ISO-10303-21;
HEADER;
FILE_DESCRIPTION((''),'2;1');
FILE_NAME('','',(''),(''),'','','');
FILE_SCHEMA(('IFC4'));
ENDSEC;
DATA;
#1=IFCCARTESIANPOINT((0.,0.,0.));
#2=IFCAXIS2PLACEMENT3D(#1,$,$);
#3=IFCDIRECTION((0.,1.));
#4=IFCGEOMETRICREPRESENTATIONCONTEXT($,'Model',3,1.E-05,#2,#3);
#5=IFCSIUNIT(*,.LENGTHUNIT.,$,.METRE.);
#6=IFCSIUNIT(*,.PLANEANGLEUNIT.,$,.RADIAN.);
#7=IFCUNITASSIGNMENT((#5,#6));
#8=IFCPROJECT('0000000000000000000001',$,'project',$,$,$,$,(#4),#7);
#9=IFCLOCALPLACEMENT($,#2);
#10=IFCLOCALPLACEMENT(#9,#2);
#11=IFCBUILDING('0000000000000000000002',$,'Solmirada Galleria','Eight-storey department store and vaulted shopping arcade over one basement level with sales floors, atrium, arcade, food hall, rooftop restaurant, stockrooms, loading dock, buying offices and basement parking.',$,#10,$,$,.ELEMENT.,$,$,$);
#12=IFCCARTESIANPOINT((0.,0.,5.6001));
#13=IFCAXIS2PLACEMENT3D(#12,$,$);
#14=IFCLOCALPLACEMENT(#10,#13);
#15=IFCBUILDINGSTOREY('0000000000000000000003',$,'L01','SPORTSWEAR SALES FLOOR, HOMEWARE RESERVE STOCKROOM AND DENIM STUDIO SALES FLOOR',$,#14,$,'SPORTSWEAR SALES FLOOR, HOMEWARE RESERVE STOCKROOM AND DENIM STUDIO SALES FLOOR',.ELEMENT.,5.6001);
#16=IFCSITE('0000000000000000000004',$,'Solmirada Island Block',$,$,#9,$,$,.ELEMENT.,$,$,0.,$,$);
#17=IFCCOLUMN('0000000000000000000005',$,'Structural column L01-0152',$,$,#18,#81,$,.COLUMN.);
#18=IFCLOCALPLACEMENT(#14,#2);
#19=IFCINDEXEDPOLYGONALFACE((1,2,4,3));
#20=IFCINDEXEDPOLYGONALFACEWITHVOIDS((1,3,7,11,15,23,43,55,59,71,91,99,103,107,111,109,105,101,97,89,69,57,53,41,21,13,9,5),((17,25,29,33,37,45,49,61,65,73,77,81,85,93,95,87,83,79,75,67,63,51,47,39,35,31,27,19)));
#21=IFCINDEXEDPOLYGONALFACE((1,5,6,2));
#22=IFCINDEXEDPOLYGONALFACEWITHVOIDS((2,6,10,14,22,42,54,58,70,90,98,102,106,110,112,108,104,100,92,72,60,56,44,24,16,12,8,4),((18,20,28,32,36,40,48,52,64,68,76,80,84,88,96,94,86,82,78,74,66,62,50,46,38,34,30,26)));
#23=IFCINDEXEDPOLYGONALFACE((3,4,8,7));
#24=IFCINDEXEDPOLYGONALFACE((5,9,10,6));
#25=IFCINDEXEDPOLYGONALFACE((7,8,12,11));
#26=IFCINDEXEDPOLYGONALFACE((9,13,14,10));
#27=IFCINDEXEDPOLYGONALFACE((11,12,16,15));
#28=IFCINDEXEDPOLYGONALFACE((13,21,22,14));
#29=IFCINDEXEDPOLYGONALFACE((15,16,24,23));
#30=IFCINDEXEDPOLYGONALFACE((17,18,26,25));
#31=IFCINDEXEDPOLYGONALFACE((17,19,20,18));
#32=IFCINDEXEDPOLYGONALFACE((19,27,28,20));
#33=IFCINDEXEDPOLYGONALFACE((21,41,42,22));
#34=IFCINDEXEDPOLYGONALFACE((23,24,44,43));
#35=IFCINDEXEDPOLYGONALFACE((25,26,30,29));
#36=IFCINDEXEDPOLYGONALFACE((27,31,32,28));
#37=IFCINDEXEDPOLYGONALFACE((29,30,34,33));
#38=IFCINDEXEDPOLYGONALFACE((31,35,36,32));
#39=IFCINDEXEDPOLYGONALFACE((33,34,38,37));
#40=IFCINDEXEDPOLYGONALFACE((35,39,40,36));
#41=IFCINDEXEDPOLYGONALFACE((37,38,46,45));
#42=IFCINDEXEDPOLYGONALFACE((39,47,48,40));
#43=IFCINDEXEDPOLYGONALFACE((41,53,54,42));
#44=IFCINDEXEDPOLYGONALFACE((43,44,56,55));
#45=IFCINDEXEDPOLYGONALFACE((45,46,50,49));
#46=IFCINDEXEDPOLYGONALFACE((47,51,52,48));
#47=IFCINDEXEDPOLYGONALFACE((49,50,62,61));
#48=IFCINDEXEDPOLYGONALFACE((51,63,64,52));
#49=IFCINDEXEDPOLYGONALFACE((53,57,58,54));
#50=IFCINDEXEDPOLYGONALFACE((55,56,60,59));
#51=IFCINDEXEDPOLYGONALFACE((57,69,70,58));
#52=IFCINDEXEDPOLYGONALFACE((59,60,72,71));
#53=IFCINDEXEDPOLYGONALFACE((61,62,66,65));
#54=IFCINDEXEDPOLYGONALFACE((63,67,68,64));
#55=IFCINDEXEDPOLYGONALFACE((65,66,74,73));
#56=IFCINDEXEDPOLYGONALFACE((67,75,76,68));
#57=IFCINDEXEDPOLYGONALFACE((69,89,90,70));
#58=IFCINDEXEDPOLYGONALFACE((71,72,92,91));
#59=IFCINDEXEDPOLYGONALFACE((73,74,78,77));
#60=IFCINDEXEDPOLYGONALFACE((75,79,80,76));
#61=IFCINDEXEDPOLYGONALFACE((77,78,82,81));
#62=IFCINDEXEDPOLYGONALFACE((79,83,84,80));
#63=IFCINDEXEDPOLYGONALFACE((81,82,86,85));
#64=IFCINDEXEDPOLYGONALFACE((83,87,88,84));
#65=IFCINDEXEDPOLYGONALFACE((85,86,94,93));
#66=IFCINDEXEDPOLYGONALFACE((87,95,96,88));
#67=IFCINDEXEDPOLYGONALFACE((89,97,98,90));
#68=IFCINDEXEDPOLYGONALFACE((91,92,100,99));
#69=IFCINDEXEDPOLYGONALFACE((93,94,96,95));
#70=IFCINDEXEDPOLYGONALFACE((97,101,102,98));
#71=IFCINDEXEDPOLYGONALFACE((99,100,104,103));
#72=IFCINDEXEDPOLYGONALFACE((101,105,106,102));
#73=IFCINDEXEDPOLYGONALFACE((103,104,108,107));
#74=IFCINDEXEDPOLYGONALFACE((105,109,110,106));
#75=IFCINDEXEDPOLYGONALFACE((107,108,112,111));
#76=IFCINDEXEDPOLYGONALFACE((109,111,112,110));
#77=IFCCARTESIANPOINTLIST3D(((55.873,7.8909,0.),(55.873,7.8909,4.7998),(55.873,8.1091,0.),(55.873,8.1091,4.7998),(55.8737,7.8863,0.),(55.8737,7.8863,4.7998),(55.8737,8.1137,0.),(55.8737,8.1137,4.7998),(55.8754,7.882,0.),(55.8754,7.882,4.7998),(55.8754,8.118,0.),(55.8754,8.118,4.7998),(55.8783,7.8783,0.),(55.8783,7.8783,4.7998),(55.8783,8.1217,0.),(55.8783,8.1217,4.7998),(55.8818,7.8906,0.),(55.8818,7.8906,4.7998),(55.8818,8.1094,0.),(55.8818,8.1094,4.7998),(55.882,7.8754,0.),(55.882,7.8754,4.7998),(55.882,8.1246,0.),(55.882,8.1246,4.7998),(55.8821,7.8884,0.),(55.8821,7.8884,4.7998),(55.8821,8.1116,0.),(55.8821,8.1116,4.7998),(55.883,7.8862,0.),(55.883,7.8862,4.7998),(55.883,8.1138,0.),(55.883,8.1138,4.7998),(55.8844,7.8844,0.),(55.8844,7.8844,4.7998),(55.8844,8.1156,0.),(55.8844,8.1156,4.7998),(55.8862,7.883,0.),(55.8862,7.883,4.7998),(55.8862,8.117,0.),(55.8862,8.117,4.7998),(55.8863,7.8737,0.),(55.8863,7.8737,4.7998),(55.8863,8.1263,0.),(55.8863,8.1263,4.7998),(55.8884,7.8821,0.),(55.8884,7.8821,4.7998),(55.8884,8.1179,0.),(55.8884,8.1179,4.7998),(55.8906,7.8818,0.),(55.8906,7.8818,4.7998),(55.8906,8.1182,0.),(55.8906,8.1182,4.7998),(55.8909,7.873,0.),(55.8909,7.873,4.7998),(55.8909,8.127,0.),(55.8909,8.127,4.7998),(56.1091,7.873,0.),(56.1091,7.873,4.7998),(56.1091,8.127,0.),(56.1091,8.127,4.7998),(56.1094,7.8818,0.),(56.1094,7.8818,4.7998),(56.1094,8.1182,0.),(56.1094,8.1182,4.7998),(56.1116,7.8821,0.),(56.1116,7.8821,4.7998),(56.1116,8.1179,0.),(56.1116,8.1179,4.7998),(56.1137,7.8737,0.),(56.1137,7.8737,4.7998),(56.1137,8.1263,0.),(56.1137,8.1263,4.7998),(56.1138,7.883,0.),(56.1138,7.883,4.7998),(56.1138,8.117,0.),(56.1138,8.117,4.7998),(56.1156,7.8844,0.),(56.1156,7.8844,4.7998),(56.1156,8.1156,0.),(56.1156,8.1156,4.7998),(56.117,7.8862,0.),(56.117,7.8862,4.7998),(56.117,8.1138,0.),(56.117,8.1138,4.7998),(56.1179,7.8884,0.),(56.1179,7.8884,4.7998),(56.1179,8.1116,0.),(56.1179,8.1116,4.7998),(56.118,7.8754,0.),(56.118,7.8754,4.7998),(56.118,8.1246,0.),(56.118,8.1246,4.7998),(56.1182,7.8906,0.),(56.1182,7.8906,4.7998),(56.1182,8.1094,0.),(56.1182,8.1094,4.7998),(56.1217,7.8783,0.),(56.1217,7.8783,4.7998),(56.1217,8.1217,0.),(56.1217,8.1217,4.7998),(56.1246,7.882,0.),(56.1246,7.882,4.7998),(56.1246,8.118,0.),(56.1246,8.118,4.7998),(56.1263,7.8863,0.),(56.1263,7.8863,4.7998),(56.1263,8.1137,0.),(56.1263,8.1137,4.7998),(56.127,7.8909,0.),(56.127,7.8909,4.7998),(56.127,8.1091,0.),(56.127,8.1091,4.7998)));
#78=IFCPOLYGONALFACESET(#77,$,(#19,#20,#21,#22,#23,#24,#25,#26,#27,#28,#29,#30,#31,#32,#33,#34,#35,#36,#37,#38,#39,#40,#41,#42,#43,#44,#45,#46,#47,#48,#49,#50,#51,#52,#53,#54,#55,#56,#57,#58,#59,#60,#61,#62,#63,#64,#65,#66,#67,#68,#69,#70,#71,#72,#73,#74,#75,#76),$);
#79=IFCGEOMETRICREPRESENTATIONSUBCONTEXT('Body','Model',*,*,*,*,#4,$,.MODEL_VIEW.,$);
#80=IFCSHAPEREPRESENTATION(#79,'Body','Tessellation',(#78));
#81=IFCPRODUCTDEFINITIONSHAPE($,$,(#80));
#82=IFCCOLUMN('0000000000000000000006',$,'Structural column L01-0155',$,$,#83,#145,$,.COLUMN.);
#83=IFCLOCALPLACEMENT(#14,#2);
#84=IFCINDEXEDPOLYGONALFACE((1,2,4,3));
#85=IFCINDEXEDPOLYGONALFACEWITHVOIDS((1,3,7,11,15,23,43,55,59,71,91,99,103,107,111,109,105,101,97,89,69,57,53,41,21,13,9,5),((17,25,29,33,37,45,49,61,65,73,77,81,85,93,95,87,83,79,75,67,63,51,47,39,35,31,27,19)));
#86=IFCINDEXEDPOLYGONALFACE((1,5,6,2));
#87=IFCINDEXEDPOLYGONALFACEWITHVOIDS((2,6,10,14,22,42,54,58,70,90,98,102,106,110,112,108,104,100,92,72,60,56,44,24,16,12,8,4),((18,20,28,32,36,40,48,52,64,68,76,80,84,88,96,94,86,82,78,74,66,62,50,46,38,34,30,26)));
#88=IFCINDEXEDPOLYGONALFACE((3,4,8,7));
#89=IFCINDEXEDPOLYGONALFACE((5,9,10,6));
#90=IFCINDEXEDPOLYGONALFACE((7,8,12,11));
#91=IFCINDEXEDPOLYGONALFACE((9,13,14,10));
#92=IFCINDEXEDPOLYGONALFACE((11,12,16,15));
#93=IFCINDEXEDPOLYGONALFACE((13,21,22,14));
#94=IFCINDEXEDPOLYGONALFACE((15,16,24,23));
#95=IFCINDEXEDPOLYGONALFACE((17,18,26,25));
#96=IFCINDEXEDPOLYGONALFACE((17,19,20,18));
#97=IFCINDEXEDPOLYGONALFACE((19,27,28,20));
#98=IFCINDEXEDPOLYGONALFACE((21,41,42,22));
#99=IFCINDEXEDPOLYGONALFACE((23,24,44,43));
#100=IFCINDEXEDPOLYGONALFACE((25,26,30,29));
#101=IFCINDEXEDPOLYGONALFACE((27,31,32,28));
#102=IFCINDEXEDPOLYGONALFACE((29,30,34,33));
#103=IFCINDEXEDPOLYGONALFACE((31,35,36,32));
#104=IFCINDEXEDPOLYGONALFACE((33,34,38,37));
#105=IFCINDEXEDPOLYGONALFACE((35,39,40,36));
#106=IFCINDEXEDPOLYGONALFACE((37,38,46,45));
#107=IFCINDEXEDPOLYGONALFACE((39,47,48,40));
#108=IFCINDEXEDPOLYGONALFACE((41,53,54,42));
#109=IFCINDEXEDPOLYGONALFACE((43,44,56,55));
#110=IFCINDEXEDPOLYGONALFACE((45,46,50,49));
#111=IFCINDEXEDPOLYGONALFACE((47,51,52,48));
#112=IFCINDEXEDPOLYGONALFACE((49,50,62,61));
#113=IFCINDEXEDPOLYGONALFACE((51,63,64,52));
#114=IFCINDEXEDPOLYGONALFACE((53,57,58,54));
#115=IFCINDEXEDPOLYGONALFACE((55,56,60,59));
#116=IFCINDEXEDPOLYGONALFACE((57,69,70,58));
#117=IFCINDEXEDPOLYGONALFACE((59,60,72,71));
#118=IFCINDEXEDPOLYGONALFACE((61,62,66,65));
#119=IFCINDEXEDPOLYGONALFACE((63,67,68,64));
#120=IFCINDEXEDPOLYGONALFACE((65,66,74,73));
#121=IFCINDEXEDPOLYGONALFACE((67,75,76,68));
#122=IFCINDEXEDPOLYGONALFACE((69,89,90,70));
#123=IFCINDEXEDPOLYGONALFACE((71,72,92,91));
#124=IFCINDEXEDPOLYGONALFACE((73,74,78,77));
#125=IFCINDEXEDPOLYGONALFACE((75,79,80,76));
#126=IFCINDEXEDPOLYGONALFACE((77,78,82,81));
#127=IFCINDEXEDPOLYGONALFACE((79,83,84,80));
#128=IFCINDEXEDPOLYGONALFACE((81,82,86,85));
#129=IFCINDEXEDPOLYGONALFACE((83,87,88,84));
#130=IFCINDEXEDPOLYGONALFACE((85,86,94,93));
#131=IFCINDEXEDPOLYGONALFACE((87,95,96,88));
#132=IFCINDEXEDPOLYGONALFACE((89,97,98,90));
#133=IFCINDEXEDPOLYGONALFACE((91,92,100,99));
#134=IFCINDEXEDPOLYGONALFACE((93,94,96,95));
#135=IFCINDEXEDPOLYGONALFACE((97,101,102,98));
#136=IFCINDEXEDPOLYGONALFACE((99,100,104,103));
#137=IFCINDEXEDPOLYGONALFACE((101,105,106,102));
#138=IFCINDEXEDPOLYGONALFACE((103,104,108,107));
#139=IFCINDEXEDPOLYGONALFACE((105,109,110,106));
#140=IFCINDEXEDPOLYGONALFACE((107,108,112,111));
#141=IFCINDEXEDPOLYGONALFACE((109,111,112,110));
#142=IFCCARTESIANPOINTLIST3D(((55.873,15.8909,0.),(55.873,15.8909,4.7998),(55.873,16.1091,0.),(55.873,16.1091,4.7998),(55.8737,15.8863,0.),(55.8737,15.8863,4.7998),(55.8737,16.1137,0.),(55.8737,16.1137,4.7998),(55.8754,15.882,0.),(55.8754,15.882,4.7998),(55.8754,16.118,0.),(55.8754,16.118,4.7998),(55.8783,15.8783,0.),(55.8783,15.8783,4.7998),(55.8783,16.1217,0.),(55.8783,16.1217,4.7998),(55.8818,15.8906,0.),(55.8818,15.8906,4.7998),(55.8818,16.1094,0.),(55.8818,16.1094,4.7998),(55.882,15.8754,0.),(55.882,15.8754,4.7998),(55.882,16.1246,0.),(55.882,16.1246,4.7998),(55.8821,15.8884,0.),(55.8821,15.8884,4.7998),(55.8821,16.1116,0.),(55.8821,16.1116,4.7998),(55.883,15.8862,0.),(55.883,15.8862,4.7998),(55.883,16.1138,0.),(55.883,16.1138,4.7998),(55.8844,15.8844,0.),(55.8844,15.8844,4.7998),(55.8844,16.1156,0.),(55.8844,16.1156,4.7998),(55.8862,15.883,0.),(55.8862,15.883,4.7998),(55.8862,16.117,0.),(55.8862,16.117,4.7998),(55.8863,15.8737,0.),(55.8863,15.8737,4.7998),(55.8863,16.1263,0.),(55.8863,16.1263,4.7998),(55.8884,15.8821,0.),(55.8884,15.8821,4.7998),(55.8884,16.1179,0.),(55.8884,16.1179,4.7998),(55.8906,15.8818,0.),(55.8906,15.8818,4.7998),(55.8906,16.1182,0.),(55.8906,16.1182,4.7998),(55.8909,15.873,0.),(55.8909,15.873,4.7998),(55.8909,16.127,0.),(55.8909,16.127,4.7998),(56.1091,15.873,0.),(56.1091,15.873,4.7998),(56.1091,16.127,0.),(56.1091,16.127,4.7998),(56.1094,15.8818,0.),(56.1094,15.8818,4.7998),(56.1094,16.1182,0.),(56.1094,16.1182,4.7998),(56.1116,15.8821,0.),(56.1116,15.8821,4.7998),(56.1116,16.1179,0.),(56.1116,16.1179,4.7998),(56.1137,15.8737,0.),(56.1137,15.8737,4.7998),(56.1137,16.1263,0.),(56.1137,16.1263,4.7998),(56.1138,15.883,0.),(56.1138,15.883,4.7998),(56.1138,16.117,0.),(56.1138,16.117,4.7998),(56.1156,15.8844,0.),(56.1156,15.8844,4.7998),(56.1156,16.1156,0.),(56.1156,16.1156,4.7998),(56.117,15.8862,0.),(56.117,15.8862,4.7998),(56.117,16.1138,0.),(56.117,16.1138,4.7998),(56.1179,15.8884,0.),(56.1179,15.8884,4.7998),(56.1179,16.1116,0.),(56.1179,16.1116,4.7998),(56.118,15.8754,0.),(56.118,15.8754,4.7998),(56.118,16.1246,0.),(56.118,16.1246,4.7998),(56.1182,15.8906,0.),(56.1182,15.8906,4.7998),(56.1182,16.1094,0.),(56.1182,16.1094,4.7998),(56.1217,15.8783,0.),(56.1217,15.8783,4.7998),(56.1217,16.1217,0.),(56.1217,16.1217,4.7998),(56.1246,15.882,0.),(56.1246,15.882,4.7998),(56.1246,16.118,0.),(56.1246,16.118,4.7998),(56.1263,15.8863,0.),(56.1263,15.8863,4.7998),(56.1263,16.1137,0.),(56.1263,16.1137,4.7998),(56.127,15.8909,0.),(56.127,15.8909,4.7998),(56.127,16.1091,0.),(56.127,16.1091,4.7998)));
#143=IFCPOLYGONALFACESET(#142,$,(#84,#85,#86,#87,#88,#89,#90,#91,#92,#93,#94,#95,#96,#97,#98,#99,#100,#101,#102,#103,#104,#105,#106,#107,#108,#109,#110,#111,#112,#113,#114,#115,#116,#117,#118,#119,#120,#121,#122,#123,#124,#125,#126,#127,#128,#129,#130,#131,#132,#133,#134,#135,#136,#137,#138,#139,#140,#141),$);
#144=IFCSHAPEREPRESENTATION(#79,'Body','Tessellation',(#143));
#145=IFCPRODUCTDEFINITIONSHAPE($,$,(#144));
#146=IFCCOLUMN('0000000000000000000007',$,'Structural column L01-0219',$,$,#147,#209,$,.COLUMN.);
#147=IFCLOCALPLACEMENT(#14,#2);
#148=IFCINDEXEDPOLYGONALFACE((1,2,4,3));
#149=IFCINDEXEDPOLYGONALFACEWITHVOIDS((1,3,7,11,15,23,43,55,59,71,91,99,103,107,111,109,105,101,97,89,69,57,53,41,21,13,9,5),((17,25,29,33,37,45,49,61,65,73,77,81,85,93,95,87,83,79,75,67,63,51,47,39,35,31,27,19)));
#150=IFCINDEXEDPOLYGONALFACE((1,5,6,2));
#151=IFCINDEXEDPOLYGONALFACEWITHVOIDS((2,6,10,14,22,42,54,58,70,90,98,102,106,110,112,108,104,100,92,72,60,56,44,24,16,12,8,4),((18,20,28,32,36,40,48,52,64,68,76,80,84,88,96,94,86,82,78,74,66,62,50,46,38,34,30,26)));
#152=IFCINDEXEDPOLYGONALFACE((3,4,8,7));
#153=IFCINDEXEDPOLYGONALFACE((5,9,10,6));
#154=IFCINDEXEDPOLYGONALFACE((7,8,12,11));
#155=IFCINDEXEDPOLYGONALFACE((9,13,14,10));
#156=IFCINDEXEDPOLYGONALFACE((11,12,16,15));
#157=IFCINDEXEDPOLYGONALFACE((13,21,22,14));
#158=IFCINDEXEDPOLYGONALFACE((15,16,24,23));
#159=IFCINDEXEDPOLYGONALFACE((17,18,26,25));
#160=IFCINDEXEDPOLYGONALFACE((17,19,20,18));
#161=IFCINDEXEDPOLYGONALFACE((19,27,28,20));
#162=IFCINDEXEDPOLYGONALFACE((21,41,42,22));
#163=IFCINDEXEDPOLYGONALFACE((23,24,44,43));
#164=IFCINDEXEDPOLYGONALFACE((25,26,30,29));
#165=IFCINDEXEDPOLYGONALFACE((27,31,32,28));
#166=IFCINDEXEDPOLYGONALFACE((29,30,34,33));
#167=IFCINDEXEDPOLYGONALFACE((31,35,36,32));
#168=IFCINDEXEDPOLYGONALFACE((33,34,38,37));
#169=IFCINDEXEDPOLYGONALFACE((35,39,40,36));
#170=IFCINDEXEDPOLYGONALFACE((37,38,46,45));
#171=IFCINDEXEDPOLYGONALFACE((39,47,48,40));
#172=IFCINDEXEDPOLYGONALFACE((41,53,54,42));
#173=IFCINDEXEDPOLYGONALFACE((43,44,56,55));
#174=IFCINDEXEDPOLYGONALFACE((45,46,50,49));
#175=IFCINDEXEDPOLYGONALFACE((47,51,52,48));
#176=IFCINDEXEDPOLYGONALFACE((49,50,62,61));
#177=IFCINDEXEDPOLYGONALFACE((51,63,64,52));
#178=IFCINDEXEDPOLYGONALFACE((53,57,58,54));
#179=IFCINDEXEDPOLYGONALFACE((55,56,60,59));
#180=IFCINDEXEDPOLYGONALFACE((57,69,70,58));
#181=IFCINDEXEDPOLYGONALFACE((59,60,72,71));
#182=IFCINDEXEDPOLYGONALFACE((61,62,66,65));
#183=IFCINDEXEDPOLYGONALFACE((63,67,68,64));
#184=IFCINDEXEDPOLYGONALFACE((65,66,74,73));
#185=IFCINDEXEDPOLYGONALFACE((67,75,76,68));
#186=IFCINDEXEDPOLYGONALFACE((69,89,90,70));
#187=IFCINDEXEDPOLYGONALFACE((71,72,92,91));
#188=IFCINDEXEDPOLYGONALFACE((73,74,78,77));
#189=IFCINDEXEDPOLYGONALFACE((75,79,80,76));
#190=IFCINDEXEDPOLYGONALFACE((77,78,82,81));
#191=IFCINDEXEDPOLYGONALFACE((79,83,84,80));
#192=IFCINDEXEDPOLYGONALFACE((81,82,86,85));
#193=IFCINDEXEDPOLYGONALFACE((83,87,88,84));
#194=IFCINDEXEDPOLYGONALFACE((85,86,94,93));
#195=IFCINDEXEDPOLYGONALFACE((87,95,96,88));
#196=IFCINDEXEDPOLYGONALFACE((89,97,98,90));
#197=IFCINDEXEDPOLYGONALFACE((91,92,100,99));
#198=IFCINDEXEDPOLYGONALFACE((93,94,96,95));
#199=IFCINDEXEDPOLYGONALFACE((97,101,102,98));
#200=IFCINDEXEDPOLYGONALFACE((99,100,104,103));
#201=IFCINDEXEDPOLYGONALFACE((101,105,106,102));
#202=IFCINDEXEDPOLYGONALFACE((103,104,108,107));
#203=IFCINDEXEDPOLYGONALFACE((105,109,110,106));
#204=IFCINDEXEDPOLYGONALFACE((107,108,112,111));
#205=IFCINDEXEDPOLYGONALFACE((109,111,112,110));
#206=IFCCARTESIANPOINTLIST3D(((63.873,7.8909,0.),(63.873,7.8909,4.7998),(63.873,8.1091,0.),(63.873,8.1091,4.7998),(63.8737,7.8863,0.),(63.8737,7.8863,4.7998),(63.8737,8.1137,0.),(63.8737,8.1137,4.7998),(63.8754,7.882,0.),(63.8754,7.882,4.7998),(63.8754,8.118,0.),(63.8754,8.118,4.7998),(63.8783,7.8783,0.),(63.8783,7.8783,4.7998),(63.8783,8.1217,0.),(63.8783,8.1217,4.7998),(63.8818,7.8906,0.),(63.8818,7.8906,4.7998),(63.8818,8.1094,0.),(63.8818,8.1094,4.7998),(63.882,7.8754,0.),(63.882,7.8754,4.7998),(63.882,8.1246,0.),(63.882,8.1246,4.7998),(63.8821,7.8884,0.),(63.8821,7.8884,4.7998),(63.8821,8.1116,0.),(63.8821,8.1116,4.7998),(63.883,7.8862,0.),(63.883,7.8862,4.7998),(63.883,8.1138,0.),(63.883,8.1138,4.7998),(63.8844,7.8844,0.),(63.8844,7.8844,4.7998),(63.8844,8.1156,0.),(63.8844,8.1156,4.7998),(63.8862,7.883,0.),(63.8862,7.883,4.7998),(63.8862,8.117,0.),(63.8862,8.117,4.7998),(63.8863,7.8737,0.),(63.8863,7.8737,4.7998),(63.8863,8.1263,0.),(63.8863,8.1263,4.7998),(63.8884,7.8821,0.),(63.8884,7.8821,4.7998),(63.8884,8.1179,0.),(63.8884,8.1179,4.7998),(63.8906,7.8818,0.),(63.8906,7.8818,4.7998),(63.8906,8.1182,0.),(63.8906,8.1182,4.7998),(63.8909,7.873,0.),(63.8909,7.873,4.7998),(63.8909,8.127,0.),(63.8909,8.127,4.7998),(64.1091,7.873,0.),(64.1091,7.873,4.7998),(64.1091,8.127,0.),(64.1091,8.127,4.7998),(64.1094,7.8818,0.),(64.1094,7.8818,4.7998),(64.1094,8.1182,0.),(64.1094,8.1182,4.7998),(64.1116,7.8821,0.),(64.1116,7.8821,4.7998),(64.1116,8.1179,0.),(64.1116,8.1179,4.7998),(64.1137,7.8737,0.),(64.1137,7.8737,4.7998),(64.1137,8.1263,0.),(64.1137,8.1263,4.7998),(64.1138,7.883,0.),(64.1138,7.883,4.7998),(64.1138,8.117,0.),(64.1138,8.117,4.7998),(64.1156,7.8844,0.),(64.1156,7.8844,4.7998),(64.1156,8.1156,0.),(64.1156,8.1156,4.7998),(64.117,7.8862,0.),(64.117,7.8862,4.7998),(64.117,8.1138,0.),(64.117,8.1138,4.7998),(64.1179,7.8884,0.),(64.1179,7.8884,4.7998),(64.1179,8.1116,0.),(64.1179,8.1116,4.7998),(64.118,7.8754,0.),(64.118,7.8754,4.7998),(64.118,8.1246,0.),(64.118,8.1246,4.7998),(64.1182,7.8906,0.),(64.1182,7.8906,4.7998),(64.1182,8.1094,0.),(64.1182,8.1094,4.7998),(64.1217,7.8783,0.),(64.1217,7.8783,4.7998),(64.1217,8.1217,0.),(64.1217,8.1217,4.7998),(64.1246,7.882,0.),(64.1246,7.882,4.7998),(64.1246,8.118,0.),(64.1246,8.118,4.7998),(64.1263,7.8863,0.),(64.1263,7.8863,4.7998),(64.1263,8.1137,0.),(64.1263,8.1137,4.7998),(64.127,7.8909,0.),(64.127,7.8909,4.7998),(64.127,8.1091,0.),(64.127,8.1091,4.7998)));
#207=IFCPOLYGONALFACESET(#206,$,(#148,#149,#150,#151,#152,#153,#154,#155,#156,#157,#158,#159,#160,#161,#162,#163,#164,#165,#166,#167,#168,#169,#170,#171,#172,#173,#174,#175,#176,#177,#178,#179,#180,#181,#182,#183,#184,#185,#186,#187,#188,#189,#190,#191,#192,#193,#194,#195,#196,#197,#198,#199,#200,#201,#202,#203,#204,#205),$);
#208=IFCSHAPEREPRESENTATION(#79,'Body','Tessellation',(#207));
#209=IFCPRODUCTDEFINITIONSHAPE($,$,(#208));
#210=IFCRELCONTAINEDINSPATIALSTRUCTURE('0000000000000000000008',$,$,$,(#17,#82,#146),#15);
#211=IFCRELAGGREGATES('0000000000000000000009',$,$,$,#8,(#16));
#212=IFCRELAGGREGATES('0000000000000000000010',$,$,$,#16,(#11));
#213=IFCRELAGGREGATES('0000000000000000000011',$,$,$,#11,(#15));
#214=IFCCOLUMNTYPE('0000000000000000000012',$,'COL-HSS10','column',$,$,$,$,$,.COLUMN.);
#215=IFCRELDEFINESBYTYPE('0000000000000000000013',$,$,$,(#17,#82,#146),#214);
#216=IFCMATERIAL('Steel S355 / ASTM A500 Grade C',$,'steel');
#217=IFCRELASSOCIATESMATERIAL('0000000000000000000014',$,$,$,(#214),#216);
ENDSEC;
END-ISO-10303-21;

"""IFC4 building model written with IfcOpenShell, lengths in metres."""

from ifc_helpers import new_model, si_unit, direction, frame, origin, origin_2d, place, context, subcontext, project, spatial, hollow_rectangle, extrude, material, material_profile, profile_set, type_object, element, save


model = new_model("IFC4")

# Units and contexts
model_context = context("Model", 3, precision=1e-05, world=origin(), true_north=direction((0.0, 1.0)))
body_context = subcontext(model_context, "Body", "Model", "MODEL_VIEW")
ifc_project = project(units=[si_unit("LENGTHUNIT", "METRE"), si_unit("PLANEANGLEUNIT", "RADIAN")], contexts=[model_context])

# Site, building, storey
site_placement = place(None, origin())
site = spatial("IfcSite", under=ifc_project, at=site_placement, Name="Solmirada Island Block", CompositionType="ELEMENT", RefElevation=0.0)
building_placement = place(site_placement, origin())
building = spatial("IfcBuilding", under=site, at=building_placement, Name="Solmirada Galleria", Description="Eight-storey department store and vaulted shopping arcade over one basement level with sales floors, atrium, arcade, food hall, rooftop restaurant, stockrooms, loading dock, buying offices and basement parking.", CompositionType="ELEMENT")
storey_placement = place(building_placement, frame((0.0, 0.0, 5.6001)))
storey = spatial("IfcBuildingStorey", under=building, at=storey_placement, Name="L01", Description="SPORTSWEAR SALES FLOOR, HOMEWARE RESERVE STOCKROOM AND DENIM STUDIO SALES FLOOR", LongName="SPORTSWEAR SALES FLOOR, HOMEWARE RESERVE STOCKROOM AND DENIM STUDIO SALES FLOOR", CompositionType="ELEMENT", Elevation=5.6001)

# Columns
ifc_material_1 = material(Name="Steel S355 / ASTM A500 Grade C", Category="steel")
ifc_material_profile_1 = material_profile(ifc_material_1, hollow_rectangle(XDim=0.2539, YDim=0.2539, WallThickness=0.0088, InnerFilletRadius=0.0088, OuterFilletRadius=0.0178, at=origin_2d()), Name="HSS10X10X3/8")
ifc_profile_set_1 = profile_set([ifc_material_profile_1], Name="Steel S355 / ASTM A500 Grade C")
column_type_1 = type_object("IfcColumnType", Name="COL-HSS10", Description="column", PredefinedType="COLUMN", material=ifc_profile_set_1)
for number, where, z_axis, x_axis, name in (
    (1, (56.0, 8.0, 0.0), (0.0, 0.0, 1.0), (1.0, 0.0, 0.0), "Structural column L01-0152"),
    (2, (56.0, 16.0, 0.0), (0.0, 0.0, 1.0), (1.0, 0.0, 0.0), "Structural column L01-0155"),
    (3, (64.0, 8.0, 0.0), (0.0, 0.0, 1.0), (1.0, 0.0, 0.0), "Structural column L01-0219"),
):
    element("IfcColumn", number, at=place(storey_placement, frame(where, z_axis=z_axis, x_axis=x_axis)), inside=storey, type_object=column_type_1, Name=name, PredefinedType="COLUMN", context=body_context, shape_type="SweptSolid", body=[
        extrude(hollow_rectangle(XDim=0.2539, YDim=0.2539, WallThickness=0.0088, InnerFilletRadius=0.0088, OuterFilletRadius=0.0178, at=origin_2d()), origin(), (0.0, 0.0, 1.0), 4.7998),
    ])

save(model, "model.ifc")
